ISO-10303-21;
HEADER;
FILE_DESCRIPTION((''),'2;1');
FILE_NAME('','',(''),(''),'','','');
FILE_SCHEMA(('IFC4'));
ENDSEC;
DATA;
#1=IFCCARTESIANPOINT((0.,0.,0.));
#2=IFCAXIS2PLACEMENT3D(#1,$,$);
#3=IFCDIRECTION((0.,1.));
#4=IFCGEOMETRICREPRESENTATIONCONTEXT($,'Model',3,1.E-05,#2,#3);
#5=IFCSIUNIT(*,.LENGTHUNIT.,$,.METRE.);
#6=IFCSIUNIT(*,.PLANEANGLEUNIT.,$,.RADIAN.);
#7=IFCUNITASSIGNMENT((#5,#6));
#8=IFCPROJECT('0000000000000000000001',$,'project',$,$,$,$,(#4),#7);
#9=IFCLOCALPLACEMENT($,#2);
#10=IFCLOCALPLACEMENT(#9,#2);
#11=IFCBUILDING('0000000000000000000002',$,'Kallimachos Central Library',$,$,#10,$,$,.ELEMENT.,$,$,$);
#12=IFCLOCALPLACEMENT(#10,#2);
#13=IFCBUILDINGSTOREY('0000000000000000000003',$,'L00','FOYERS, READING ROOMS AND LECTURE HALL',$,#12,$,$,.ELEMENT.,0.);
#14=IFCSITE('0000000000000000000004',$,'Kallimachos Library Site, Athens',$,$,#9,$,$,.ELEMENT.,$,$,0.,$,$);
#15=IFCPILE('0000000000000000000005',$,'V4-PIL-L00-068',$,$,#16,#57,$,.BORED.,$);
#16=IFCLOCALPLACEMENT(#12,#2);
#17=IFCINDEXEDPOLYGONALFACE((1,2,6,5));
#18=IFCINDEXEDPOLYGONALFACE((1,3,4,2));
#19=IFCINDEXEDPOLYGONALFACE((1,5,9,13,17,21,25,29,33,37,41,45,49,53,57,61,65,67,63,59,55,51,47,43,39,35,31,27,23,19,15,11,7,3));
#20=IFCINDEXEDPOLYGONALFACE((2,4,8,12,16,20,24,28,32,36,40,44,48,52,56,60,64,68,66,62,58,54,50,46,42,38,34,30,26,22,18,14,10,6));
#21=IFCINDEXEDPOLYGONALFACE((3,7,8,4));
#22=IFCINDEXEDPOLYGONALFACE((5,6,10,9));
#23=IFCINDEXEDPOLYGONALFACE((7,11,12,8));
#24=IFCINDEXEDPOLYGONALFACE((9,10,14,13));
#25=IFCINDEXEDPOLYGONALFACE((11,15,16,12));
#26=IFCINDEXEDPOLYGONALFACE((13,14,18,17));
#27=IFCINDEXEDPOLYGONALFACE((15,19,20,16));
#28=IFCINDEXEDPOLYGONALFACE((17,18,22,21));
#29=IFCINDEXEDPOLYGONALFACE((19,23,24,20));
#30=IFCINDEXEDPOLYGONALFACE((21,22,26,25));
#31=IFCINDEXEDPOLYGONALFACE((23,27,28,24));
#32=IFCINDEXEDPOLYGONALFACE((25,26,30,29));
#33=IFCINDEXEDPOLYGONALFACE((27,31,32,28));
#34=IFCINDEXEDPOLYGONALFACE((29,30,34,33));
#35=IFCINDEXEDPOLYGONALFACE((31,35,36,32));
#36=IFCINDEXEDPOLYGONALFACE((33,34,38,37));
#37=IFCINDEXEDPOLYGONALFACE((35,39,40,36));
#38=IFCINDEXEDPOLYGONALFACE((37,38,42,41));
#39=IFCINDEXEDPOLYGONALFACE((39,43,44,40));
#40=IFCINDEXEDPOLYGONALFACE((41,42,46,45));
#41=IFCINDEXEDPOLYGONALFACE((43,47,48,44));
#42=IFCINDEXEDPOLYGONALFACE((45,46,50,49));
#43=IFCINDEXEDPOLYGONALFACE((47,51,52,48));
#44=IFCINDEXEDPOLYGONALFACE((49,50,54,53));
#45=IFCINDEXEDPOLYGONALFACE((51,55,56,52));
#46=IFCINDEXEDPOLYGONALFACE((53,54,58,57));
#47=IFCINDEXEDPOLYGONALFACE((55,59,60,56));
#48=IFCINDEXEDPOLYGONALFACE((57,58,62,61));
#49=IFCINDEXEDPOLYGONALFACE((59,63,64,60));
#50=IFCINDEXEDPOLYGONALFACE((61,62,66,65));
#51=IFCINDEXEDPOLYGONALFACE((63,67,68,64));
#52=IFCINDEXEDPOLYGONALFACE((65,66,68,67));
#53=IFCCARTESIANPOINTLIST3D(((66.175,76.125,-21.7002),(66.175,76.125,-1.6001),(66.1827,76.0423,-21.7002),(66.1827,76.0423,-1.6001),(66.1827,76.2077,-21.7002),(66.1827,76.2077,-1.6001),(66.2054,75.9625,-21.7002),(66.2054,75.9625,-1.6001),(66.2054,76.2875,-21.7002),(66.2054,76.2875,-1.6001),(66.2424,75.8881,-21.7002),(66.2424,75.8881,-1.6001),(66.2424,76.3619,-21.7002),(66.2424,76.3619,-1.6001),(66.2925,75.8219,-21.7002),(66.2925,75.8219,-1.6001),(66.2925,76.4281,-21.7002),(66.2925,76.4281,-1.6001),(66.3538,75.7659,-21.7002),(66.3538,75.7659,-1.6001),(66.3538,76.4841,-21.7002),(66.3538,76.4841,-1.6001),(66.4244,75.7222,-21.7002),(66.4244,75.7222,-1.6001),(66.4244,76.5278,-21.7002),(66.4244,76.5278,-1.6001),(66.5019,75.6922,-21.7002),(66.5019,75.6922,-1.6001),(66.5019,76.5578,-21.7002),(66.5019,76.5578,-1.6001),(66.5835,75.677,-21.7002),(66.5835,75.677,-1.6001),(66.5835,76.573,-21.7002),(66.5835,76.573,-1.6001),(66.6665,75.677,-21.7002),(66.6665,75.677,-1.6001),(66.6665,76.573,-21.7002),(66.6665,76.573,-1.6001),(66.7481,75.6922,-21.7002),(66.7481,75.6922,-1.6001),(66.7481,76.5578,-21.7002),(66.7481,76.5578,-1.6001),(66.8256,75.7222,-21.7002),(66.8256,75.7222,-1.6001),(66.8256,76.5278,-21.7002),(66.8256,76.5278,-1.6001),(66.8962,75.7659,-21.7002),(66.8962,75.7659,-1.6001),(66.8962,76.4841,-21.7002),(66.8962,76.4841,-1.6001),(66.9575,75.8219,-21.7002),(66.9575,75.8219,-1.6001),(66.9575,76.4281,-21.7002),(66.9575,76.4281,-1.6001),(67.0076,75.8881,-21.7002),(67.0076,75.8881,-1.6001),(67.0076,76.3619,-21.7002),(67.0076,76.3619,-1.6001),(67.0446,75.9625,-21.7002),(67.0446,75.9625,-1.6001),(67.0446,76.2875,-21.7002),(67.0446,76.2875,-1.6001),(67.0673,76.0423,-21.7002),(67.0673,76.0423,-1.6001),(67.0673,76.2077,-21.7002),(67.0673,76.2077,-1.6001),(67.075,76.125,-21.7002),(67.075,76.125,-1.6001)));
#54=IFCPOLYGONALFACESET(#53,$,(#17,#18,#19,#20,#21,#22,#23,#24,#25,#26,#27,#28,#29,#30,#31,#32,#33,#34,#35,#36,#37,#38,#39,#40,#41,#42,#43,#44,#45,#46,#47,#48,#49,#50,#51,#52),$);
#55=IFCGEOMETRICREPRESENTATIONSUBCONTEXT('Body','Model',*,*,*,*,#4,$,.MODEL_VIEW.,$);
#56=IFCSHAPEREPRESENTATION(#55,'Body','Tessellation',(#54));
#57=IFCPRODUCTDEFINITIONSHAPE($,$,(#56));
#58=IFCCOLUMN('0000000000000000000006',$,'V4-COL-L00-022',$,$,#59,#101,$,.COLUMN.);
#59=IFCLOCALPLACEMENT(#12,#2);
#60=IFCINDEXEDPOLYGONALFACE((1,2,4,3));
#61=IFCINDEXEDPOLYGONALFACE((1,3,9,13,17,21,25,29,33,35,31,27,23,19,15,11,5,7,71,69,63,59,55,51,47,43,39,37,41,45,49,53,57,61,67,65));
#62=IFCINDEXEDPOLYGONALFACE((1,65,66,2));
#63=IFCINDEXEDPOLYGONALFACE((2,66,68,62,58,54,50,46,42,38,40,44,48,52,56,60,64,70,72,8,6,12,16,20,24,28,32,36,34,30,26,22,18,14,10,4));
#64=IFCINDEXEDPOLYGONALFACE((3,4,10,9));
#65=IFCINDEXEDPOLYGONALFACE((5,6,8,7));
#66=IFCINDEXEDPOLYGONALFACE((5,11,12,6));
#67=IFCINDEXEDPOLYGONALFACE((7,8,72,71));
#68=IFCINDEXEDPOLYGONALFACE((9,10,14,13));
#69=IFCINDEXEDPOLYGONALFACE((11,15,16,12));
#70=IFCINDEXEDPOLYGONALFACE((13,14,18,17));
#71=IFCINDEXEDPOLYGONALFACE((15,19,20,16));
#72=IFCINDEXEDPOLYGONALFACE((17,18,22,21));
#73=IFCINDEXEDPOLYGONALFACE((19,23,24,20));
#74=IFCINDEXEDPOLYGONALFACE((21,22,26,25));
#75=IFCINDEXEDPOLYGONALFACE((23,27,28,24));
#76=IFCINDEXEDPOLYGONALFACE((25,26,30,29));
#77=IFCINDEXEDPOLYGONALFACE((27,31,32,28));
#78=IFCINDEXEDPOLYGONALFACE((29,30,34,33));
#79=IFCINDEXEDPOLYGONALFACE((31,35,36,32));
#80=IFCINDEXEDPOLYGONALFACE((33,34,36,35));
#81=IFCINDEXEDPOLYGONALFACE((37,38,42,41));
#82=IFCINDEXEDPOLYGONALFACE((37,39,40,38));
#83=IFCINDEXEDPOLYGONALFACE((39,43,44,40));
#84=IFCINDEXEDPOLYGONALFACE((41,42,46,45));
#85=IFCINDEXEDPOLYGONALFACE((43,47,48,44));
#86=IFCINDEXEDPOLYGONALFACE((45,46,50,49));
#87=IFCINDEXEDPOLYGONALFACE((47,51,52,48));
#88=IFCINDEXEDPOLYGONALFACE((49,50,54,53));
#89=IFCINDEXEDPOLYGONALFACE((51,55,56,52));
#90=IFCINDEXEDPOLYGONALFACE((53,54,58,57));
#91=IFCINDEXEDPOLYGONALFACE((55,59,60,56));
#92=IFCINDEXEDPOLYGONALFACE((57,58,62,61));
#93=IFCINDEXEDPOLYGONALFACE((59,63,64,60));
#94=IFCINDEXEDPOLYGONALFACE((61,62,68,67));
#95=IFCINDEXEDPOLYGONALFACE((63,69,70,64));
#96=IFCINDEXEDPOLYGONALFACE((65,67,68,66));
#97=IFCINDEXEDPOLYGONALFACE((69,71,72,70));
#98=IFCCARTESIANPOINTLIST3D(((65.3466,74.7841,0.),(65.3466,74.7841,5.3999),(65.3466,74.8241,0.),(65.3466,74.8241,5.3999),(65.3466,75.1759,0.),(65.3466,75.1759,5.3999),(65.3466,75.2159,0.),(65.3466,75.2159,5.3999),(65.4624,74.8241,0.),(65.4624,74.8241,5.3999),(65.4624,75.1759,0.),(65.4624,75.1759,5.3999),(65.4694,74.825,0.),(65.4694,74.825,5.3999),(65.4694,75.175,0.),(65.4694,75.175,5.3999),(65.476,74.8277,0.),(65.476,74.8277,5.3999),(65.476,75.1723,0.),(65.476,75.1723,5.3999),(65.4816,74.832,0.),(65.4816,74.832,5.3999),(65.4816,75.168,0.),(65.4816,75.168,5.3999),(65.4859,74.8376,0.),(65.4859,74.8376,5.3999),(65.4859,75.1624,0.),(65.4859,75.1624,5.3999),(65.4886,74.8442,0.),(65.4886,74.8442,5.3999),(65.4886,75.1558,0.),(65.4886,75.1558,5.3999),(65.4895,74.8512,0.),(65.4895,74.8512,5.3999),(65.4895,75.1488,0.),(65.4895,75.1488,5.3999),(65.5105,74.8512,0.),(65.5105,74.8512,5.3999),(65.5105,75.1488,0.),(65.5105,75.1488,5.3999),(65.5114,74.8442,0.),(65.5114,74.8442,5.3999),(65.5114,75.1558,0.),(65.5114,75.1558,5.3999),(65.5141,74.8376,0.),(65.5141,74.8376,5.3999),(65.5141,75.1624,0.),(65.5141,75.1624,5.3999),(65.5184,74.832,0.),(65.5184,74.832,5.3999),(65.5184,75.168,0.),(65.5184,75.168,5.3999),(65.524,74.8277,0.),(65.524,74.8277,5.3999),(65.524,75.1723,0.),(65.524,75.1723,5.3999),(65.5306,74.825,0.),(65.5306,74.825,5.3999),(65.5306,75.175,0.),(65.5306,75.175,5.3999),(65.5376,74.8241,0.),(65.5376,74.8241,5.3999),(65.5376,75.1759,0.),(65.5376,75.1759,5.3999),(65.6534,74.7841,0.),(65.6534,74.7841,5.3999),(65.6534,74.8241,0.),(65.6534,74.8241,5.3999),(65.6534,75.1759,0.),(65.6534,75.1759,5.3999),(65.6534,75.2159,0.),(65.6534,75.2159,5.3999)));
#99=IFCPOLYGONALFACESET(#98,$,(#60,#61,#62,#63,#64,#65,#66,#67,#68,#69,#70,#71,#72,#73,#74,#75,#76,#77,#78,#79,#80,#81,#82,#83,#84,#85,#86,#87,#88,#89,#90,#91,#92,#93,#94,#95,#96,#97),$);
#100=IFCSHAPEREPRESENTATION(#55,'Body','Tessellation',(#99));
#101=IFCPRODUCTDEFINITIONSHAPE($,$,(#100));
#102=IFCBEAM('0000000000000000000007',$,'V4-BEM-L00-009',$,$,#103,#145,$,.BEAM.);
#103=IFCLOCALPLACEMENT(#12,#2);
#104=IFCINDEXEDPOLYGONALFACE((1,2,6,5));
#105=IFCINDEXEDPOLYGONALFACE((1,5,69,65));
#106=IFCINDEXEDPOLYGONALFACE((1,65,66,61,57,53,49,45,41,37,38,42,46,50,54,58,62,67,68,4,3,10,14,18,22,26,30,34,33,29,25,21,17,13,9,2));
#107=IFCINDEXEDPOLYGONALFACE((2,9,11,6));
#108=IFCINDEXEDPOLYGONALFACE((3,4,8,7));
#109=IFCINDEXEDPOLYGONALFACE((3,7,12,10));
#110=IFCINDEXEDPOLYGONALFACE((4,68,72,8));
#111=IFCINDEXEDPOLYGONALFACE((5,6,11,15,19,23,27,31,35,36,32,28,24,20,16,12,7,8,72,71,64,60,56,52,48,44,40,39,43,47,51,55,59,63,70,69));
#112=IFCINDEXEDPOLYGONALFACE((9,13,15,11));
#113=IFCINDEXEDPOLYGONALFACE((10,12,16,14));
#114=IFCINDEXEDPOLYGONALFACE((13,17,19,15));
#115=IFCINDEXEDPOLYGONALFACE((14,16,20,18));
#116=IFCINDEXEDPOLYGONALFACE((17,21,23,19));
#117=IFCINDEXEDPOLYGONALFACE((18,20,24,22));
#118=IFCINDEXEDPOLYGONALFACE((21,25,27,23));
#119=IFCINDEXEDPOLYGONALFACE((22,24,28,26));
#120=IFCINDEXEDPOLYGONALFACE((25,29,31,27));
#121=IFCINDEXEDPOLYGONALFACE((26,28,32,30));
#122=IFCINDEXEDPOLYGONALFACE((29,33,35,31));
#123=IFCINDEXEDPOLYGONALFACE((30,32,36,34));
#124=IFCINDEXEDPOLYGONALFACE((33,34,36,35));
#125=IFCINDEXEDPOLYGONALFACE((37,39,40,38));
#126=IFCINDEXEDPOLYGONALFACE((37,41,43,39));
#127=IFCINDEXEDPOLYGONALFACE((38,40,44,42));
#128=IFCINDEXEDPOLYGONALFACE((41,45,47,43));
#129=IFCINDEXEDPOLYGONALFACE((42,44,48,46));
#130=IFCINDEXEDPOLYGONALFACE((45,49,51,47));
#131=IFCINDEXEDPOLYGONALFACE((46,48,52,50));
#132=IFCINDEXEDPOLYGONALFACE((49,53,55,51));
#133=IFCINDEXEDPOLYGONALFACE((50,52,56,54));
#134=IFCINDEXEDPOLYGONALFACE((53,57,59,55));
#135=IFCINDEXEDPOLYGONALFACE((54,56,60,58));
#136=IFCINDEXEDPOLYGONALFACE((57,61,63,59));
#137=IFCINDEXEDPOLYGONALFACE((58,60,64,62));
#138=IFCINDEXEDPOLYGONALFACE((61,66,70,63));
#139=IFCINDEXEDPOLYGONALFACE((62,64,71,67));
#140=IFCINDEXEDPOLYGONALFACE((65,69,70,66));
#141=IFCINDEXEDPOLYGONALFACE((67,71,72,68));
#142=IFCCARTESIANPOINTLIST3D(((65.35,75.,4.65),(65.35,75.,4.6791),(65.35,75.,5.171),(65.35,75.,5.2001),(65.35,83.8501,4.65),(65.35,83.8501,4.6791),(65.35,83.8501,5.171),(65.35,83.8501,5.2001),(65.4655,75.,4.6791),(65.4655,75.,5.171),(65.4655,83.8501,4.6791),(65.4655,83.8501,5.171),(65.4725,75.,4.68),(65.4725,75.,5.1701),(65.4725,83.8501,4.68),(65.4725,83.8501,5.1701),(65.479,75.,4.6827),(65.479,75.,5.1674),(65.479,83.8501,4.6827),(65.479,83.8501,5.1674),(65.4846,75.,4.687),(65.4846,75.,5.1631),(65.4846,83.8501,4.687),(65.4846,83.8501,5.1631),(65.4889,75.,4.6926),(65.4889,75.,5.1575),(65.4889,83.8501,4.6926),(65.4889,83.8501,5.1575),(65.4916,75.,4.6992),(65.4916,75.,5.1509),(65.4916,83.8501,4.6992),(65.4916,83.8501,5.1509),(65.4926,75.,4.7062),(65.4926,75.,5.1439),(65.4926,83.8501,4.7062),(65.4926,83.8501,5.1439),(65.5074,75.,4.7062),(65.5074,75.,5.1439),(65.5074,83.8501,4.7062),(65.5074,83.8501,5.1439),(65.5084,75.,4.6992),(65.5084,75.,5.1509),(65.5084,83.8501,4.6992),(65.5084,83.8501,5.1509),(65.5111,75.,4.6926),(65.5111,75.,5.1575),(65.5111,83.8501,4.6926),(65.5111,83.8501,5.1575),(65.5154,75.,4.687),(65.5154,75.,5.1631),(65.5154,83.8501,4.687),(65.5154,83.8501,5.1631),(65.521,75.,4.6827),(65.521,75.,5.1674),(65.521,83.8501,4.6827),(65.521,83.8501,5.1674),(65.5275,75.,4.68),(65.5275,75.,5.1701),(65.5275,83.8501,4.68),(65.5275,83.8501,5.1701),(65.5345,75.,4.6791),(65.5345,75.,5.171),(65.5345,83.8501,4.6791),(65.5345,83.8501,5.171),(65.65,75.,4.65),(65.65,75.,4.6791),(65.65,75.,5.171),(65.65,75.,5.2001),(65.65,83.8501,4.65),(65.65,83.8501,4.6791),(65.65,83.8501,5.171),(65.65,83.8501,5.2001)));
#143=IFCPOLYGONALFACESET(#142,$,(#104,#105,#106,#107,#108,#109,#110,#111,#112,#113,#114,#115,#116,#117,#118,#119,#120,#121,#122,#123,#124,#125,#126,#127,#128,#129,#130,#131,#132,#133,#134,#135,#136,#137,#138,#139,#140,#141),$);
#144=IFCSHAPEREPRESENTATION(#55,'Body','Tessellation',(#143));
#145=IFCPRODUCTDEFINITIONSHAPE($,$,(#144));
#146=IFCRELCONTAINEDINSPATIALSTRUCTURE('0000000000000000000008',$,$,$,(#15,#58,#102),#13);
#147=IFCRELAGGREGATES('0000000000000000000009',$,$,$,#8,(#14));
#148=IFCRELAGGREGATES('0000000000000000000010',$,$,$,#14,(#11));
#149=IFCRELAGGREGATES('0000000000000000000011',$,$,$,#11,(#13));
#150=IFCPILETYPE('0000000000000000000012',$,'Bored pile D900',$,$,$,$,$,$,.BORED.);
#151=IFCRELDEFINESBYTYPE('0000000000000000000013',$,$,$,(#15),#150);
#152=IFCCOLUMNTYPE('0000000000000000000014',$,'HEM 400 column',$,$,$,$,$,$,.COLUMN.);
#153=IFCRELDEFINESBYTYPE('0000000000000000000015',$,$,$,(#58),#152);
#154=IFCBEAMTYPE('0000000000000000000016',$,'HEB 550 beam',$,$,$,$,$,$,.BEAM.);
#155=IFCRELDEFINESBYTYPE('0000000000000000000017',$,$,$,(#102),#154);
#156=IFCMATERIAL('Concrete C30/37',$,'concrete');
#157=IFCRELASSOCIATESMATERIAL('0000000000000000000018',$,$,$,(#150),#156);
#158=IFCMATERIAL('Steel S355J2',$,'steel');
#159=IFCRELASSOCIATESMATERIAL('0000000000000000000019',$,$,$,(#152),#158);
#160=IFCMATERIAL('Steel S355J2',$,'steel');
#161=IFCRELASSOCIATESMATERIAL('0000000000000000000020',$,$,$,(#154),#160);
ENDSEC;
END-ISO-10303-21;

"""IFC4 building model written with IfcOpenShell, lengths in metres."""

from ifc_helpers import new_model, si_unit, direction, frame, origin, origin_2d, place, context, subcontext, project, spatial, circle, i_section, extrude, material, material_profile, profile_set, type_object, element, save


model = new_model("IFC4")

# Units and contexts
model_context = context("Model", 3, precision=1e-05, world=origin(), true_north=direction((0.0, 1.0)))
body_context = subcontext(model_context, "Body", "Model", "MODEL_VIEW")
ifc_project = project(units=[si_unit("LENGTHUNIT", "METRE"), si_unit("PLANEANGLEUNIT", "RADIAN")], contexts=[model_context])

# Site, building, storey
site_placement = place(None, origin())
site = spatial("IfcSite", under=ifc_project, at=site_placement, Name="Kallimachos Library Site, Athens", CompositionType="ELEMENT", RefElevation=0.0)
building_placement = place(site_placement, origin())
building = spatial("IfcBuilding", under=site, at=building_placement, Name="Kallimachos Central Library", CompositionType="ELEMENT")
storey_placement = place(building_placement, origin())
storey = spatial("IfcBuildingStorey", under=building, at=storey_placement, Name="L00", Description="FOYERS, READING ROOMS AND LECTURE HALL", CompositionType="ELEMENT", Elevation=0.0)

# Pile
ifc_material_1 = material(Name="Concrete C30/37", Category="concrete")
pile_type = type_object("IfcPileType", Name="Bored pile D900", PredefinedType="BORED", material=ifc_material_1)
pile_placement = place(storey_placement, frame((66.625, 76.125, -1.6001), z_axis=(0.0, 0.0, -1.0), x_axis=(1.0, 0.0, 0.0)))
element("IfcPile", 1, at=pile_placement, inside=storey, type_object=pile_type, Name="V4-PIL-L00-068", PredefinedType="BORED", context=body_context, shape_type="SweptSolid", body=[
    extrude(circle(Radius=0.45, at=origin_2d()), origin(), (0.0, 0.0, 1.0), 20.1001),
])

# Column
ifc_material_2 = material(Name="Steel S355J2", Category="steel")
ifc_material_profile_1 = material_profile(ifc_material_2, i_section(OverallWidth=0.3069, OverallDepth=0.4319, WebThickness=0.021, FlangeThickness=0.04, FilletRadius=0.0271, at=origin_2d()), Name="HEM 400")
ifc_profile_set_1 = profile_set([ifc_material_profile_1], Name="Steel S355J2")
column_type = type_object("IfcColumnType", Name="HEM 400 column", PredefinedType="COLUMN", material=ifc_profile_set_1)
column_placement = place(storey_placement, frame((65.5, 75.0, 0.0), z_axis=(0.0, 0.0, 1.0), x_axis=(1.0, 0.0, 0.0)))
element("IfcColumn", 2, at=column_placement, inside=storey, type_object=column_type, Name="V4-COL-L00-022", PredefinedType="COLUMN", context=body_context, shape_type="SweptSolid", body=[
    extrude(i_section(OverallWidth=0.3069, OverallDepth=0.4319, WebThickness=0.021, FlangeThickness=0.04, FilletRadius=0.0271, at=origin_2d()), origin(), (0.0, 0.0, 1.0), 5.3999),
])

# Beam
ifc_material_3 = material(Name="Steel S355J2", Category="steel")
ifc_material_profile_2 = material_profile(ifc_material_3, i_section(OverallWidth=0.3, OverallDepth=0.55, WebThickness=0.0149, FlangeThickness=0.0291, FilletRadius=0.0271, at=origin_2d()), Name="HEB 550")
ifc_profile_set_2 = profile_set([ifc_material_profile_2], Name="Steel S355J2")
beam_type = type_object("IfcBeamType", Name="HEB 550 beam", PredefinedType="BEAM", material=ifc_profile_set_2)
beam_placement = place(storey_placement, frame((65.5, 75.0, 4.925), z_axis=(0.0, 1.0, 0.0), x_axis=(-1.0, 0.0, 0.0)))
element("IfcBeam", 3, at=beam_placement, inside=storey, type_object=beam_type, Name="V4-BEM-L00-009", PredefinedType="BEAM", context=body_context, shape_type="SweptSolid", body=[
    extrude(i_section(OverallWidth=0.3, OverallDepth=0.55, WebThickness=0.0149, FlangeThickness=0.0291, FilletRadius=0.0271, at=origin_2d()), origin(), (0.0, 0.0, 1.0), 8.8501),
])

save(model, "model.ifc")
